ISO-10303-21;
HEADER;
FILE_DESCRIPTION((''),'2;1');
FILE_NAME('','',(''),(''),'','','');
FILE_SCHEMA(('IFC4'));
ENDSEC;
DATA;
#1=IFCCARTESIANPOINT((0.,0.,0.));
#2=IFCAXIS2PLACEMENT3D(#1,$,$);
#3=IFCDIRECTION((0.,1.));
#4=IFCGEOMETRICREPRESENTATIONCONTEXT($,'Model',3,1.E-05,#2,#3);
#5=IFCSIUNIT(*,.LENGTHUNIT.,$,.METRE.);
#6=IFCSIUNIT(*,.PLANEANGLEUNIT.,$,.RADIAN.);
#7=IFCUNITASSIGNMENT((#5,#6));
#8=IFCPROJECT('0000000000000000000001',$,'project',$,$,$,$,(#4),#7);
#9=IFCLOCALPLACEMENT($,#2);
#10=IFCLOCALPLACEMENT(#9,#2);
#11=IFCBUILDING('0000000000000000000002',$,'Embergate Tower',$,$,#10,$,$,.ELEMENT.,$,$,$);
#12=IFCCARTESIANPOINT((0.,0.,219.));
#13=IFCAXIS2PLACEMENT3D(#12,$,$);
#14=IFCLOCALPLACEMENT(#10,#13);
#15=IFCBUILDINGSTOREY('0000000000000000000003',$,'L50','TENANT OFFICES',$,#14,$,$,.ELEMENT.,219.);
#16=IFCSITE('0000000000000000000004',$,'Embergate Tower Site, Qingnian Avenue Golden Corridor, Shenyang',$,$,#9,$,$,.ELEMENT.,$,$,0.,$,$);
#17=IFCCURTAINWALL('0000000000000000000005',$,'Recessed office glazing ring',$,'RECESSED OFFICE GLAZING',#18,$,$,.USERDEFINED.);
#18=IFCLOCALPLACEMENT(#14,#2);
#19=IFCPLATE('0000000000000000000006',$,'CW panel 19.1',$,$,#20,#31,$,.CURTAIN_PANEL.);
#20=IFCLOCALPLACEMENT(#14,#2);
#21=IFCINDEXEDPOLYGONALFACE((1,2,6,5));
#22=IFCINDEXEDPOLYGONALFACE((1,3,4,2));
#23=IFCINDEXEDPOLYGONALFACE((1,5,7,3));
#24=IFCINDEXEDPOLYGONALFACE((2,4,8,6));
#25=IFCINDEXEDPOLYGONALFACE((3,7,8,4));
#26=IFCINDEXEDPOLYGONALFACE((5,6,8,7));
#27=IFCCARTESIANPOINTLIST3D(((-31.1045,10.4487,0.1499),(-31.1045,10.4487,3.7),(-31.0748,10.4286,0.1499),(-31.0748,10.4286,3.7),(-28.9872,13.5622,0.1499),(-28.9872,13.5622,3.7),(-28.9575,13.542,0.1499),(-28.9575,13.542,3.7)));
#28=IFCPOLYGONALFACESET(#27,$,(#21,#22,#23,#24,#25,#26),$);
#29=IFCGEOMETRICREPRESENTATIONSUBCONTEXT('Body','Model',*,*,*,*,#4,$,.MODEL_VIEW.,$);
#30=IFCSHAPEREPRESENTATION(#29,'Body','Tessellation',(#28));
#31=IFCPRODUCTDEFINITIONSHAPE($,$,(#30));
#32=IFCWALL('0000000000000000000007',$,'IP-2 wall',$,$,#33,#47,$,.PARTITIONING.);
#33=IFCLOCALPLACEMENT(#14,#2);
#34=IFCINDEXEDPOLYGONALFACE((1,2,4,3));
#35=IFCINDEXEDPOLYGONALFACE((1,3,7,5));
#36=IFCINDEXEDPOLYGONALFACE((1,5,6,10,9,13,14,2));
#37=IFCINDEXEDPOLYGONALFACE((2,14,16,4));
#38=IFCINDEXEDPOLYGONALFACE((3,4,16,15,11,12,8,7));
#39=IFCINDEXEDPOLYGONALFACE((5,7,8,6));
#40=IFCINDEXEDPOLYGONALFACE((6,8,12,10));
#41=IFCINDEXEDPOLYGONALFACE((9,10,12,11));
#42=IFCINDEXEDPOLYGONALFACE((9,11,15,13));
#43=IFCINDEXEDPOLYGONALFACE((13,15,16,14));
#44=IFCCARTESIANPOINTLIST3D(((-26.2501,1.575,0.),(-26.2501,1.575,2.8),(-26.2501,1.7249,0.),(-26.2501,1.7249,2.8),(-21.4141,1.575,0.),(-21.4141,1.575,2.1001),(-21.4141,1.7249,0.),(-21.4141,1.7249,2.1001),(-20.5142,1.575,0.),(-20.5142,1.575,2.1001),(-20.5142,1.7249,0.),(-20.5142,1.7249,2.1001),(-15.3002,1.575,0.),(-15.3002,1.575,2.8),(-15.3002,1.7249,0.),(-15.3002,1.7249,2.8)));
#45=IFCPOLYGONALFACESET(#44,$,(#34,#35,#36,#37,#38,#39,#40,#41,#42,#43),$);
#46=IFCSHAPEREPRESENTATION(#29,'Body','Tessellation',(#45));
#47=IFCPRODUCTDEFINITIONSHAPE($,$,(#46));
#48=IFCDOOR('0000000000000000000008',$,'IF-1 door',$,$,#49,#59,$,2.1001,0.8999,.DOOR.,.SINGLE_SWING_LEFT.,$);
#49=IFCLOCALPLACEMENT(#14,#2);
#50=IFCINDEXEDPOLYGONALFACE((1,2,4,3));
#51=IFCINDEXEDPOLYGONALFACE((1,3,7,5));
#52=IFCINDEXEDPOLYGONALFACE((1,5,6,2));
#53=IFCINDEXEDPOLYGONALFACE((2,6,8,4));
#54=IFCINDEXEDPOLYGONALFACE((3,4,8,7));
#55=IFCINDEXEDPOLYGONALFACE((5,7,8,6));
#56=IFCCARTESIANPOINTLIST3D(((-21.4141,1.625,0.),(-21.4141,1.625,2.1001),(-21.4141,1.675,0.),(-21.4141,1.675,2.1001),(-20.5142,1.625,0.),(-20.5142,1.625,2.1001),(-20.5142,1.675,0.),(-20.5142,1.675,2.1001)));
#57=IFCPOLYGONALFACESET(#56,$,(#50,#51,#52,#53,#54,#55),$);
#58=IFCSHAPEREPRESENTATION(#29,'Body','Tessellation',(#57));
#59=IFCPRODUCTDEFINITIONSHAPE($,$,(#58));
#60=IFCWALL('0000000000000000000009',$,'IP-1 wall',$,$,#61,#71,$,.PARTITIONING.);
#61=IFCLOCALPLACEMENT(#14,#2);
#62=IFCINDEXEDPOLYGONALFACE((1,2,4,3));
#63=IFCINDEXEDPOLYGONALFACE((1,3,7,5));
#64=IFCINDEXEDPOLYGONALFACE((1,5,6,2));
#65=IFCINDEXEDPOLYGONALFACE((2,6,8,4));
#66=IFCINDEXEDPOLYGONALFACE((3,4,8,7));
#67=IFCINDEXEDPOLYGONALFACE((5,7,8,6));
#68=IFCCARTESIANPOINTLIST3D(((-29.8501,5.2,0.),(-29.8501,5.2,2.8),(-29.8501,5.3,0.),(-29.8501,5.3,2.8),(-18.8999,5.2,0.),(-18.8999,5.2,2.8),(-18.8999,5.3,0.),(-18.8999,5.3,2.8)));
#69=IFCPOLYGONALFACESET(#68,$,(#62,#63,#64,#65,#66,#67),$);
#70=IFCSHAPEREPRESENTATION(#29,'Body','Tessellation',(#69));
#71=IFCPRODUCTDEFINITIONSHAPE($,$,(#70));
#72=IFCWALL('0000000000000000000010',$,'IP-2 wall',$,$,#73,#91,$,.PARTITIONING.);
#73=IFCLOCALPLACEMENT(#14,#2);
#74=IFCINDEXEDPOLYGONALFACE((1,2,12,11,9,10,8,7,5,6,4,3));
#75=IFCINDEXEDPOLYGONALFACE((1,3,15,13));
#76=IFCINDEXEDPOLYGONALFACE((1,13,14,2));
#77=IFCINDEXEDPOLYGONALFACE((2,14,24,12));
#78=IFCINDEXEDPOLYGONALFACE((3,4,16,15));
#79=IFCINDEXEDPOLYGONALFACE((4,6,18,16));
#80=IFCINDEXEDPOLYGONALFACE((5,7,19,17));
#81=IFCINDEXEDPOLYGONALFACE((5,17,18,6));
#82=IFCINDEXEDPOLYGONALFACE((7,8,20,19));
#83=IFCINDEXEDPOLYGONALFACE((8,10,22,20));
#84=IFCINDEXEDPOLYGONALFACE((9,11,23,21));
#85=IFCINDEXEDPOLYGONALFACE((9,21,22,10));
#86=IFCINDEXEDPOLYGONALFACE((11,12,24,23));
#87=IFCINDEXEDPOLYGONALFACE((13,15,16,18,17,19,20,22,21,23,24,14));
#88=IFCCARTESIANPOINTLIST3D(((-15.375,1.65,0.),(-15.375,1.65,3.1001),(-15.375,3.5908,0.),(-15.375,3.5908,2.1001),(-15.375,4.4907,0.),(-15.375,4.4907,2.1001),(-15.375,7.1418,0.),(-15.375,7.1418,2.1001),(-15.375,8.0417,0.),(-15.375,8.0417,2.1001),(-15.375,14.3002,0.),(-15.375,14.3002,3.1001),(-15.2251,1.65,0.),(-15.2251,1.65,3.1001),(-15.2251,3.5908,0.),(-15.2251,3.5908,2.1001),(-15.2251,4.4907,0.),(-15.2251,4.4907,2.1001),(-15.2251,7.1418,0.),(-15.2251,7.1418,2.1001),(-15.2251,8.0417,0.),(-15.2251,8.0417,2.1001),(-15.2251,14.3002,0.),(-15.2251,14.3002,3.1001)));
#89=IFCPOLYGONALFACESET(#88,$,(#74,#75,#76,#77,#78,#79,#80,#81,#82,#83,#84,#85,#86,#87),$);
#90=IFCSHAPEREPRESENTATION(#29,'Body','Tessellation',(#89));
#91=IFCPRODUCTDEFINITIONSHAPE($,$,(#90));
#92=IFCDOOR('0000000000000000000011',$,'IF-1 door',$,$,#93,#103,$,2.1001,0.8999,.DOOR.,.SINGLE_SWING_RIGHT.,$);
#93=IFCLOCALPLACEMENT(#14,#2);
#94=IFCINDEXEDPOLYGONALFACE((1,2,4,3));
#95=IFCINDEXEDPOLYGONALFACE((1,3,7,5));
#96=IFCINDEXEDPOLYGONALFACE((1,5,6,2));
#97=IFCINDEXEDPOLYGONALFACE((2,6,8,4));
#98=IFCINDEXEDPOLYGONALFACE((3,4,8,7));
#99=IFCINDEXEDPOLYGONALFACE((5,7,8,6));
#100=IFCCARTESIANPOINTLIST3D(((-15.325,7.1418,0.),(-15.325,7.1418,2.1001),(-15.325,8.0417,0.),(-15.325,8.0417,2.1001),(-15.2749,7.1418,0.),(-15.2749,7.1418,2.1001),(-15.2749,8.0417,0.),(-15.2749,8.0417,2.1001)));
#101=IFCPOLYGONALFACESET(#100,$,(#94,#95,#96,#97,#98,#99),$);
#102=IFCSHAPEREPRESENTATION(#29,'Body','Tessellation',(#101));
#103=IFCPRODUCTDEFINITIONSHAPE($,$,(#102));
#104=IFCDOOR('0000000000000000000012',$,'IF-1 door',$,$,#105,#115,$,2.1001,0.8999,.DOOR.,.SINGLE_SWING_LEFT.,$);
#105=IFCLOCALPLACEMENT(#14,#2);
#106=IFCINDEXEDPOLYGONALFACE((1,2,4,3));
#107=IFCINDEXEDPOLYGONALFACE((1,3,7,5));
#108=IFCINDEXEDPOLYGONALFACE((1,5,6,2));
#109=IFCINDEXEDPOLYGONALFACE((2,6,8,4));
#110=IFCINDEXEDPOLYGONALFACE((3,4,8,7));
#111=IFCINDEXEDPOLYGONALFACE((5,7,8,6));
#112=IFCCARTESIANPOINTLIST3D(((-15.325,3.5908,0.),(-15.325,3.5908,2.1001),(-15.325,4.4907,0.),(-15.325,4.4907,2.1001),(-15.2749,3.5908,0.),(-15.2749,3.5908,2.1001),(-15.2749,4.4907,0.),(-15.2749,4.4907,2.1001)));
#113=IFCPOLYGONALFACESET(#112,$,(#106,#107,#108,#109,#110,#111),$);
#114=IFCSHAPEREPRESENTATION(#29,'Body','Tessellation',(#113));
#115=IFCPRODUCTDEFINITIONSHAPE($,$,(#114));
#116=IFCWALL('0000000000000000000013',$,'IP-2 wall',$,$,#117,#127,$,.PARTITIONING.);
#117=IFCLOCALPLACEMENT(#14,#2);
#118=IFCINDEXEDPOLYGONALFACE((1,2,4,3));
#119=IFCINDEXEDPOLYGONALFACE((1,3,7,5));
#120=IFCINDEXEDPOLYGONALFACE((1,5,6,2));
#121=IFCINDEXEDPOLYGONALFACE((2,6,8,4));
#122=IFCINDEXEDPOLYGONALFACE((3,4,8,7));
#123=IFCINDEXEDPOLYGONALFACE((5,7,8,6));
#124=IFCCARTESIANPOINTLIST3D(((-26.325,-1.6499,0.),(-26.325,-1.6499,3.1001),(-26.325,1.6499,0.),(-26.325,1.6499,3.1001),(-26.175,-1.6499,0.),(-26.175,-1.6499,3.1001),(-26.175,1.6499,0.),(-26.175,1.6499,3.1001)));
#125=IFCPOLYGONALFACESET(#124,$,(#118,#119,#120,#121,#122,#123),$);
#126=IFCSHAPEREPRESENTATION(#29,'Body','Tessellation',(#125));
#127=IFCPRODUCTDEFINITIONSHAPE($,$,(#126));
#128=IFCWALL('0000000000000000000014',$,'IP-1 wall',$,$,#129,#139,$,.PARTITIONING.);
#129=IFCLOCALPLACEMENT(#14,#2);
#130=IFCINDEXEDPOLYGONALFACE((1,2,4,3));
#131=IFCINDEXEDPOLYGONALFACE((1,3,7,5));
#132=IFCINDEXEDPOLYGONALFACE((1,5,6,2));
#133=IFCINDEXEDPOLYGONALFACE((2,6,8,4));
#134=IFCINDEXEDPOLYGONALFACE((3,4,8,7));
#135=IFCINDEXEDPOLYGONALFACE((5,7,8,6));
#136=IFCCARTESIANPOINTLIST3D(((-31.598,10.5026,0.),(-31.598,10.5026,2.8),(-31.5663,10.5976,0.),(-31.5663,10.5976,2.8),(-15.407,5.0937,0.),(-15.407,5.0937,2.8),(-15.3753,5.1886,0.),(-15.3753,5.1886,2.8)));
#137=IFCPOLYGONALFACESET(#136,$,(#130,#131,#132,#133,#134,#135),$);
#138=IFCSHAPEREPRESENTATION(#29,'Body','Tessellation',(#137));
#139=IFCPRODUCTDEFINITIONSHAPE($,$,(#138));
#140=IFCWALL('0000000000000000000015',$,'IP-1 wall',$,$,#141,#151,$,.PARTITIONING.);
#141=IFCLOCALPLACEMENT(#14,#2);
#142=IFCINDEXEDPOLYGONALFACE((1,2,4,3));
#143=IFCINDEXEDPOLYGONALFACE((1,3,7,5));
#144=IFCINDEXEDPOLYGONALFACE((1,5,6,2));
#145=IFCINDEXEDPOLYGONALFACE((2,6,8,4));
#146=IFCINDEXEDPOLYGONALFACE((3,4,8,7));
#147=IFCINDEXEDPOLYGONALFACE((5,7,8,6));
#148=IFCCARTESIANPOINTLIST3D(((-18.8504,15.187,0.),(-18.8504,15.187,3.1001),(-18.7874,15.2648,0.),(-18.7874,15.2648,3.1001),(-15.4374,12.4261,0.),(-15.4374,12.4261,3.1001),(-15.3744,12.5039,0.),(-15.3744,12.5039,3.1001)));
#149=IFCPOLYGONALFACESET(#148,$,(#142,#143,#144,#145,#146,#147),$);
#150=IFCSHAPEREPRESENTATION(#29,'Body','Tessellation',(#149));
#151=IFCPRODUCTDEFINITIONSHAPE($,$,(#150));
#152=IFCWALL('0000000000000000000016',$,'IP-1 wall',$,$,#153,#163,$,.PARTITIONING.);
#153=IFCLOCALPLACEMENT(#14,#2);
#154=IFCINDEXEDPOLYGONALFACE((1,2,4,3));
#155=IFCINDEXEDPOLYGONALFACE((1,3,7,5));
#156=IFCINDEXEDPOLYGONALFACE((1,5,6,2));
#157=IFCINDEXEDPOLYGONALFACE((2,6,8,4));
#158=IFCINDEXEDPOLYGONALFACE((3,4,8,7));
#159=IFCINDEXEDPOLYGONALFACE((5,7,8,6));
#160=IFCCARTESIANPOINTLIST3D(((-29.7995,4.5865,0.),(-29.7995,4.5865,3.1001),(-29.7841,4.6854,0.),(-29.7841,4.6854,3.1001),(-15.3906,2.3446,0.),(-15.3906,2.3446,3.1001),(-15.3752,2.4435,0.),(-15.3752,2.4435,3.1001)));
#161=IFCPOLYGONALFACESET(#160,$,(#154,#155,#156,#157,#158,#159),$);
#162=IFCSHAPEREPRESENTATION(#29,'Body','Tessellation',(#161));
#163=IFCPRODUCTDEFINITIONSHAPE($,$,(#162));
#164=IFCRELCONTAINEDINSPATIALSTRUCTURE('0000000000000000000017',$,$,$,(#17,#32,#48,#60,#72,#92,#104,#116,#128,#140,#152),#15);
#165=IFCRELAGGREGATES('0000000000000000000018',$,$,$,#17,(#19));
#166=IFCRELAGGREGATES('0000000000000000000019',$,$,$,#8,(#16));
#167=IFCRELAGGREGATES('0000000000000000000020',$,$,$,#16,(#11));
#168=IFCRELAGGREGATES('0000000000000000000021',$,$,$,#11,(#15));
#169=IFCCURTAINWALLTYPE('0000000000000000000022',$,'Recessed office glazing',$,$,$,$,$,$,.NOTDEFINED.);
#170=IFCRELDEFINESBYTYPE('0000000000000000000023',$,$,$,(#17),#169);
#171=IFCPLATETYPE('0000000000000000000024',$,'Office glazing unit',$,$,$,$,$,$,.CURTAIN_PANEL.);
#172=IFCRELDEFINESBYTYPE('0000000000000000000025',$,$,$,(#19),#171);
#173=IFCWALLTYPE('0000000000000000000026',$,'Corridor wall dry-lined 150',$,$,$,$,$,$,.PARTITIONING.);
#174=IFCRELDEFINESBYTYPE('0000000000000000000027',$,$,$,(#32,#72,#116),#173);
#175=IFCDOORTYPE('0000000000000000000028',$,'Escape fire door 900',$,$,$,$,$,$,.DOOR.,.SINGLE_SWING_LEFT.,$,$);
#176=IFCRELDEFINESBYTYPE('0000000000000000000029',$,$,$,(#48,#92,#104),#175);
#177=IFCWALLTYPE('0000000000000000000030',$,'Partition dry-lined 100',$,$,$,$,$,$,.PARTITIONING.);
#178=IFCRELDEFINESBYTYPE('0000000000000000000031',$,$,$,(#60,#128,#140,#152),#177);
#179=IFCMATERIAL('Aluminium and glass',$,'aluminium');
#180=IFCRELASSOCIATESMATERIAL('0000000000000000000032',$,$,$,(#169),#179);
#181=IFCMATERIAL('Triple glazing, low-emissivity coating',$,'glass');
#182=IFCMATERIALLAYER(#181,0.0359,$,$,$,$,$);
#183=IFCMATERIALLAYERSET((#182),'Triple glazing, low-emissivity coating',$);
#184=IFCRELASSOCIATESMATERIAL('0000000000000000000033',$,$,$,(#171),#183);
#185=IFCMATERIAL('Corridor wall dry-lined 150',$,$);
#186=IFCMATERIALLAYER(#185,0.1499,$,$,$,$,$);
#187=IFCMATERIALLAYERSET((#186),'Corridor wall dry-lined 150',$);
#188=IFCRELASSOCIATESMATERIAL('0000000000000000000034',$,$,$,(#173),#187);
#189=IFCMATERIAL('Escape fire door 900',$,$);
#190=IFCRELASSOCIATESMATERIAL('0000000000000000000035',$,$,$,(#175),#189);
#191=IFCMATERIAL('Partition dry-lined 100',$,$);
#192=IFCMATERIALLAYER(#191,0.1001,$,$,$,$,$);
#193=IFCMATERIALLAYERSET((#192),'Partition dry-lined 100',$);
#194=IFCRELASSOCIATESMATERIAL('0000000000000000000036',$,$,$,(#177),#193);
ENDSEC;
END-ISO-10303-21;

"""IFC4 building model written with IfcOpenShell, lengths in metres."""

from ifc_helpers import new_model, si_unit, direction, frame, frame_2d, origin, origin_2d, place, context, subcontext, project, spatial, rectangle, extrude, source, transform, mapped, material, layer, layer_set, type_object, element, fill, aggregate, save


model = new_model("IFC4")

# Units and contexts
model_context = context("Model", 3, precision=1e-05, world=origin(), true_north=direction((0.0, 1.0)))
body_context = subcontext(model_context, "Body", "Model", "MODEL_VIEW")
ifc_project = project(units=[si_unit("LENGTHUNIT", "METRE"), si_unit("PLANEANGLEUNIT", "RADIAN")], contexts=[model_context])

# Site, building, storey
site_placement = place(None, origin())
site = spatial("IfcSite", under=ifc_project, at=site_placement, Name="Embergate Tower Site, Qingnian Avenue Golden Corridor, Shenyang", CompositionType="ELEMENT", RefElevation=0.0)
building_placement = place(site_placement, origin())
building = spatial("IfcBuilding", under=site, at=building_placement, Name="Embergate Tower", CompositionType="ELEMENT")
storey_placement = place(building_placement, frame((0.0, 0.0, 219.0)))
storey = spatial("IfcBuildingStorey", under=building, at=storey_placement, Name="L50", Description="TENANT OFFICES", CompositionType="ELEMENT", Elevation=219.0)

# Curtain wall, plate
ifc_material_1 = material(Name="Aluminium and glass", Category="aluminium")
curtain_wall_type = type_object("IfcCurtainWallType", Name="Recessed office glazing", PredefinedType="NOTDEFINED", material=ifc_material_1)
curtain_wall_placement = place(storey_placement, origin())
curtain_wall = element("IfcCurtainWall", 1, at=curtain_wall_placement, inside=storey, type_object=curtain_wall_type, Name="Recessed office glazing ring", ObjectType="RECESSED OFFICE GLAZING", PredefinedType="USERDEFINED")
ifc_material_2 = material(Name="Triple glazing, low-emissivity coating", Category="glass")
ifc_layer_1 = layer(ifc_material_2, 0.0359)
ifc_layer_set_1 = layer_set([ifc_layer_1], Name="Triple glazing, low-emissivity coating")
plate_type = type_object("IfcPlateType", Name="Office glazing unit", PredefinedType="CURTAIN_PANEL", material=ifc_layer_set_1)
shared_shape_1 = source(origin(), body_context, "Body", "SweptSolid", [
    extrude(rectangle(XDim=3.7651, YDim=0.0359, at=origin_2d()), origin(), (0.0, 0.0, 1.0), 3.55),
])
plate_1_placement = place(storey_placement, frame((-30.031, 11.9954, 0.1499), z_axis=(0.0, 0.0, 1.0), x_axis=(-0.562339, -0.826907, 0.0)))
plate_1 = element("IfcPlate", 2, at=plate_1_placement, type_object=plate_type, Name="CW panel 19.1", PredefinedType="CURTAIN_PANEL", context=body_context, shape_type="MappedRepresentation", body=[
    mapped(shared_shape_1, transform((0.0, 0.0, 0.0))),
])
aggregate(curtain_wall, [plate_1])

# Wall, opening, door
ifc_material_3 = material(Name="Corridor wall dry-lined 150")
ifc_layer_2 = layer(ifc_material_3, 0.1499)
ifc_layer_set_2 = layer_set([ifc_layer_2], Name="Corridor wall dry-lined 150")
wall_type_1 = type_object("IfcWallType", Name="Corridor wall dry-lined 150", PredefinedType="PARTITIONING", material=ifc_layer_set_2)
shared_shape_2 = source(origin(), body_context, "Body", "SweptSolid", [
    extrude(rectangle(XDim=10.95, YDim=0.1499, at=frame_2d((5.4751, 0.0))), origin(), (0.0, 0.0, 1.0), 2.8),
])
wall_1_placement = place(storey_placement, frame((-15.3, 1.6499, 0.0), z_axis=(0.0, 0.0, 1.0), x_axis=(-1.0, 0.0, 0.0)))
wall_1 = element("IfcWall", 3, at=wall_1_placement, inside=storey, type_object=wall_type_1, Name="IP-2 wall", PredefinedType="PARTITIONING", context=body_context, shape_type="MappedRepresentation", body=[
    mapped(shared_shape_2, transform((0.0, 0.0, 0.0))),
])
shared_shape_3 = source(origin(), body_context, "Body", "SweptSolid", [
    extrude(rectangle(XDim=0.8999, YDim=2.1001, at=frame_2d((0.45, 1.05))), frame((0.0, 0.085, 0.0), z_axis=(0.0, -1.0, 0.0), x_axis=(1.0, 0.0, 0.0)), (0.0, 0.0, 1.0), 0.1699),
])
opening_1_placement = place(wall_1_placement, frame((5.2141, 0.0, 0.0)))
opening_1 = element("IfcOpeningElement", 4, at=opening_1_placement, cuts=wall_1, PredefinedType="OPENING", context=body_context, shape_type="MappedRepresentation", body=[
    mapped(shared_shape_3, transform((0.0, 0.0, 0.0))),
])
ifc_material_4 = material(Name="Escape fire door 900")
door_type = type_object("IfcDoorType", Name="Escape fire door 900", OperationType="SINGLE_SWING_LEFT", PredefinedType="DOOR", material=ifc_material_4)
shared_shape_4 = source(origin(), body_context, "Body", "SweptSolid", [
    extrude(rectangle(XDim=0.8999, YDim=2.1001, at=frame_2d((0.45, 1.05))), frame((0.0, 0.0249, 0.0), z_axis=(0.0, -1.0, 0.0), x_axis=(1.0, 0.0, 0.0)), (0.0, 0.0, 1.0), 0.05),
])
door_1_placement = place(opening_1_placement, origin())
door_1 = element("IfcDoor", 5, at=door_1_placement, inside=storey, type_object=door_type, Name="IF-1 door", OperationType="SINGLE_SWING_LEFT", OverallHeight=2.1001, OverallWidth=0.8999, PredefinedType="DOOR", context=body_context, shape_type="MappedRepresentation", body=[
    mapped(shared_shape_4, transform((0.0, 0.0, 0.0))),
])
fill(opening_1, door_1)

# Wall
ifc_material_5 = material(Name="Partition dry-lined 100")
ifc_layer_3 = layer(ifc_material_5, 0.1001)
ifc_layer_set_3 = layer_set([ifc_layer_3], Name="Partition dry-lined 100")
wall_type_2 = type_object("IfcWallType", Name="Partition dry-lined 100", PredefinedType="PARTITIONING", material=ifc_layer_set_3)
shared_shape_5 = source(origin(), body_context, "Body", "SweptSolid", [
    extrude(rectangle(XDim=10.9502, YDim=0.1001, at=frame_2d((5.4751, 0.0))), origin(), (0.0, 0.0, 1.0), 2.8),
])
wall_2_placement = place(storey_placement, frame((-29.8501, 5.25, 0.0), z_axis=(0.0, 0.0, 1.0), x_axis=(1.0, 0.0, 0.0)))
element("IfcWall", 6, at=wall_2_placement, inside=storey, type_object=wall_type_2, Name="IP-1 wall", PredefinedType="PARTITIONING", context=body_context, shape_type="MappedRepresentation", body=[
    mapped(shared_shape_5, transform((0.0, 0.0, 0.0))),
])

# Wall, openings, doors
shared_shape_6 = source(origin(), body_context, "Body", "SweptSolid", [
    extrude(rectangle(XDim=12.6501, YDim=0.1499, at=frame_2d((6.3252, 0.0))), origin(), (0.0, 0.0, 1.0), 3.1001),
])
wall_3_placement = place(storey_placement, frame((-15.3, 1.6499, 0.0), z_axis=(0.0, 0.0, 1.0), x_axis=(0.0, 1.0, 0.0)))
wall_3 = element("IfcWall", 7, at=wall_3_placement, inside=storey, type_object=wall_type_1, Name="IP-2 wall", PredefinedType="PARTITIONING", context=body_context, shape_type="MappedRepresentation", body=[
    mapped(shared_shape_6, transform((0.0, 0.0, 0.0))),
])
opening_2_placement = place(wall_3_placement, frame((5.4919, 0.0, 0.0)))
opening_2 = element("IfcOpeningElement", 8, at=opening_2_placement, cuts=wall_3, PredefinedType="OPENING", context=body_context, shape_type="MappedRepresentation", body=[
    mapped(shared_shape_3, transform((0.0, 0.0, 0.0))),
])
opening_3_placement = place(wall_3_placement, frame((1.9409, 0.0, 0.0)))
opening_3 = element("IfcOpeningElement", 9, at=opening_3_placement, cuts=wall_3, PredefinedType="OPENING", context=body_context, shape_type="MappedRepresentation", body=[
    mapped(shared_shape_3, transform((0.0, 0.0, 0.0))),
])
door_2_placement = place(opening_2_placement, origin())
door_2 = element("IfcDoor", 10, at=door_2_placement, inside=storey, type_object=door_type, Name="IF-1 door", OperationType="SINGLE_SWING_RIGHT", OverallHeight=2.1001, OverallWidth=0.8999, PredefinedType="DOOR", context=body_context, shape_type="MappedRepresentation", body=[
    mapped(shared_shape_4, transform((0.0, 0.0, 0.0))),
])
fill(opening_2, door_2)
door_3_placement = place(opening_3_placement, origin())
door_3 = element("IfcDoor", 11, at=door_3_placement, inside=storey, type_object=door_type, Name="IF-1 door", OperationType="SINGLE_SWING_LEFT", OverallHeight=2.1001, OverallWidth=0.8999, PredefinedType="DOOR", context=body_context, shape_type="MappedRepresentation", body=[
    mapped(shared_shape_4, transform((0.0, 0.0, 0.0))),
])
fill(opening_3, door_3)

# Walls
shared_shape_7 = source(origin(), body_context, "Body", "SweptSolid", [
    extrude(rectangle(XDim=3.2998, YDim=0.1499, at=frame_2d((1.6499, 0.0))), origin(), (0.0, 0.0, 1.0), 3.1001),
])
wall_4_placement = place(storey_placement, frame((-26.25, 1.6499, 0.0), z_axis=(0.0, 0.0, 1.0), x_axis=(0.0, -1.0, 0.0)))
element("IfcWall", 12, at=wall_4_placement, inside=storey, type_object=wall_type_1, Name="IP-2 wall", PredefinedType="PARTITIONING", context=body_context, shape_type="MappedRepresentation", body=[
    mapped(shared_shape_7, transform((0.0, 0.0, 0.0))),
])
shared_shape_8 = source(origin(), body_context, "Body", "SweptSolid", [
    extrude(rectangle(XDim=17.0706, YDim=0.1001, at=frame_2d((8.5352, 0.0))), origin(), (0.0, 0.0, 1.0), 2.8),
])
wall_5_placement = place(storey_placement, frame((-31.582, 10.55, 0.0), z_axis=(0.0, 0.0, 1.0), x_axis=(0.948473, -0.316858, 0.0)))
element("IfcWall", 13, at=wall_5_placement, inside=storey, type_object=wall_type_2, Name="IP-1 wall", PredefinedType="PARTITIONING", context=body_context, shape_type="MappedRepresentation", body=[
    mapped(shared_shape_8, transform((0.0, 0.0, 0.0))),
])
shared_shape_9 = source(origin(), body_context, "Body", "SweptSolid", [
    extrude(rectangle(XDim=4.3899, YDim=0.1001, at=frame_2d((2.1948, 0.0))), origin(), (0.0, 0.0, 1.0), 3.1001),
])
wall_6_placement = place(storey_placement, frame((-15.406, 12.4651, 0.0), z_axis=(0.0, 0.0, 1.0), x_axis=(-0.777466, 0.628925, 0.0)))
element("IfcWall", 14, at=wall_6_placement, inside=storey, type_object=wall_type_2, Name="IP-1 wall", PredefinedType="PARTITIONING", context=body_context, shape_type="MappedRepresentation", body=[
    mapped(shared_shape_9, transform((0.0, 0.0, 0.0))),
])
shared_shape_10 = source(origin(), body_context, "Body", "SweptSolid", [
    extrude(rectangle(XDim=14.5823, YDim=0.1001, at=frame_2d((7.291, 0.0))), origin(), (0.0, 0.0, 1.0), 3.1001),
])
wall_7_placement = place(storey_placement, frame((-15.3831, 2.394, 0.0), z_axis=(0.0, 0.0, 1.0), x_axis=(-0.988111, 0.153744, 0.0)))
element("IfcWall", 15, at=wall_7_placement, inside=storey, type_object=wall_type_2, Name="IP-1 wall", PredefinedType="PARTITIONING", context=body_context, shape_type="MappedRepresentation", body=[
    mapped(shared_shape_10, transform((0.0, 0.0, 0.0))),
])

save(model, "model.ifc")
